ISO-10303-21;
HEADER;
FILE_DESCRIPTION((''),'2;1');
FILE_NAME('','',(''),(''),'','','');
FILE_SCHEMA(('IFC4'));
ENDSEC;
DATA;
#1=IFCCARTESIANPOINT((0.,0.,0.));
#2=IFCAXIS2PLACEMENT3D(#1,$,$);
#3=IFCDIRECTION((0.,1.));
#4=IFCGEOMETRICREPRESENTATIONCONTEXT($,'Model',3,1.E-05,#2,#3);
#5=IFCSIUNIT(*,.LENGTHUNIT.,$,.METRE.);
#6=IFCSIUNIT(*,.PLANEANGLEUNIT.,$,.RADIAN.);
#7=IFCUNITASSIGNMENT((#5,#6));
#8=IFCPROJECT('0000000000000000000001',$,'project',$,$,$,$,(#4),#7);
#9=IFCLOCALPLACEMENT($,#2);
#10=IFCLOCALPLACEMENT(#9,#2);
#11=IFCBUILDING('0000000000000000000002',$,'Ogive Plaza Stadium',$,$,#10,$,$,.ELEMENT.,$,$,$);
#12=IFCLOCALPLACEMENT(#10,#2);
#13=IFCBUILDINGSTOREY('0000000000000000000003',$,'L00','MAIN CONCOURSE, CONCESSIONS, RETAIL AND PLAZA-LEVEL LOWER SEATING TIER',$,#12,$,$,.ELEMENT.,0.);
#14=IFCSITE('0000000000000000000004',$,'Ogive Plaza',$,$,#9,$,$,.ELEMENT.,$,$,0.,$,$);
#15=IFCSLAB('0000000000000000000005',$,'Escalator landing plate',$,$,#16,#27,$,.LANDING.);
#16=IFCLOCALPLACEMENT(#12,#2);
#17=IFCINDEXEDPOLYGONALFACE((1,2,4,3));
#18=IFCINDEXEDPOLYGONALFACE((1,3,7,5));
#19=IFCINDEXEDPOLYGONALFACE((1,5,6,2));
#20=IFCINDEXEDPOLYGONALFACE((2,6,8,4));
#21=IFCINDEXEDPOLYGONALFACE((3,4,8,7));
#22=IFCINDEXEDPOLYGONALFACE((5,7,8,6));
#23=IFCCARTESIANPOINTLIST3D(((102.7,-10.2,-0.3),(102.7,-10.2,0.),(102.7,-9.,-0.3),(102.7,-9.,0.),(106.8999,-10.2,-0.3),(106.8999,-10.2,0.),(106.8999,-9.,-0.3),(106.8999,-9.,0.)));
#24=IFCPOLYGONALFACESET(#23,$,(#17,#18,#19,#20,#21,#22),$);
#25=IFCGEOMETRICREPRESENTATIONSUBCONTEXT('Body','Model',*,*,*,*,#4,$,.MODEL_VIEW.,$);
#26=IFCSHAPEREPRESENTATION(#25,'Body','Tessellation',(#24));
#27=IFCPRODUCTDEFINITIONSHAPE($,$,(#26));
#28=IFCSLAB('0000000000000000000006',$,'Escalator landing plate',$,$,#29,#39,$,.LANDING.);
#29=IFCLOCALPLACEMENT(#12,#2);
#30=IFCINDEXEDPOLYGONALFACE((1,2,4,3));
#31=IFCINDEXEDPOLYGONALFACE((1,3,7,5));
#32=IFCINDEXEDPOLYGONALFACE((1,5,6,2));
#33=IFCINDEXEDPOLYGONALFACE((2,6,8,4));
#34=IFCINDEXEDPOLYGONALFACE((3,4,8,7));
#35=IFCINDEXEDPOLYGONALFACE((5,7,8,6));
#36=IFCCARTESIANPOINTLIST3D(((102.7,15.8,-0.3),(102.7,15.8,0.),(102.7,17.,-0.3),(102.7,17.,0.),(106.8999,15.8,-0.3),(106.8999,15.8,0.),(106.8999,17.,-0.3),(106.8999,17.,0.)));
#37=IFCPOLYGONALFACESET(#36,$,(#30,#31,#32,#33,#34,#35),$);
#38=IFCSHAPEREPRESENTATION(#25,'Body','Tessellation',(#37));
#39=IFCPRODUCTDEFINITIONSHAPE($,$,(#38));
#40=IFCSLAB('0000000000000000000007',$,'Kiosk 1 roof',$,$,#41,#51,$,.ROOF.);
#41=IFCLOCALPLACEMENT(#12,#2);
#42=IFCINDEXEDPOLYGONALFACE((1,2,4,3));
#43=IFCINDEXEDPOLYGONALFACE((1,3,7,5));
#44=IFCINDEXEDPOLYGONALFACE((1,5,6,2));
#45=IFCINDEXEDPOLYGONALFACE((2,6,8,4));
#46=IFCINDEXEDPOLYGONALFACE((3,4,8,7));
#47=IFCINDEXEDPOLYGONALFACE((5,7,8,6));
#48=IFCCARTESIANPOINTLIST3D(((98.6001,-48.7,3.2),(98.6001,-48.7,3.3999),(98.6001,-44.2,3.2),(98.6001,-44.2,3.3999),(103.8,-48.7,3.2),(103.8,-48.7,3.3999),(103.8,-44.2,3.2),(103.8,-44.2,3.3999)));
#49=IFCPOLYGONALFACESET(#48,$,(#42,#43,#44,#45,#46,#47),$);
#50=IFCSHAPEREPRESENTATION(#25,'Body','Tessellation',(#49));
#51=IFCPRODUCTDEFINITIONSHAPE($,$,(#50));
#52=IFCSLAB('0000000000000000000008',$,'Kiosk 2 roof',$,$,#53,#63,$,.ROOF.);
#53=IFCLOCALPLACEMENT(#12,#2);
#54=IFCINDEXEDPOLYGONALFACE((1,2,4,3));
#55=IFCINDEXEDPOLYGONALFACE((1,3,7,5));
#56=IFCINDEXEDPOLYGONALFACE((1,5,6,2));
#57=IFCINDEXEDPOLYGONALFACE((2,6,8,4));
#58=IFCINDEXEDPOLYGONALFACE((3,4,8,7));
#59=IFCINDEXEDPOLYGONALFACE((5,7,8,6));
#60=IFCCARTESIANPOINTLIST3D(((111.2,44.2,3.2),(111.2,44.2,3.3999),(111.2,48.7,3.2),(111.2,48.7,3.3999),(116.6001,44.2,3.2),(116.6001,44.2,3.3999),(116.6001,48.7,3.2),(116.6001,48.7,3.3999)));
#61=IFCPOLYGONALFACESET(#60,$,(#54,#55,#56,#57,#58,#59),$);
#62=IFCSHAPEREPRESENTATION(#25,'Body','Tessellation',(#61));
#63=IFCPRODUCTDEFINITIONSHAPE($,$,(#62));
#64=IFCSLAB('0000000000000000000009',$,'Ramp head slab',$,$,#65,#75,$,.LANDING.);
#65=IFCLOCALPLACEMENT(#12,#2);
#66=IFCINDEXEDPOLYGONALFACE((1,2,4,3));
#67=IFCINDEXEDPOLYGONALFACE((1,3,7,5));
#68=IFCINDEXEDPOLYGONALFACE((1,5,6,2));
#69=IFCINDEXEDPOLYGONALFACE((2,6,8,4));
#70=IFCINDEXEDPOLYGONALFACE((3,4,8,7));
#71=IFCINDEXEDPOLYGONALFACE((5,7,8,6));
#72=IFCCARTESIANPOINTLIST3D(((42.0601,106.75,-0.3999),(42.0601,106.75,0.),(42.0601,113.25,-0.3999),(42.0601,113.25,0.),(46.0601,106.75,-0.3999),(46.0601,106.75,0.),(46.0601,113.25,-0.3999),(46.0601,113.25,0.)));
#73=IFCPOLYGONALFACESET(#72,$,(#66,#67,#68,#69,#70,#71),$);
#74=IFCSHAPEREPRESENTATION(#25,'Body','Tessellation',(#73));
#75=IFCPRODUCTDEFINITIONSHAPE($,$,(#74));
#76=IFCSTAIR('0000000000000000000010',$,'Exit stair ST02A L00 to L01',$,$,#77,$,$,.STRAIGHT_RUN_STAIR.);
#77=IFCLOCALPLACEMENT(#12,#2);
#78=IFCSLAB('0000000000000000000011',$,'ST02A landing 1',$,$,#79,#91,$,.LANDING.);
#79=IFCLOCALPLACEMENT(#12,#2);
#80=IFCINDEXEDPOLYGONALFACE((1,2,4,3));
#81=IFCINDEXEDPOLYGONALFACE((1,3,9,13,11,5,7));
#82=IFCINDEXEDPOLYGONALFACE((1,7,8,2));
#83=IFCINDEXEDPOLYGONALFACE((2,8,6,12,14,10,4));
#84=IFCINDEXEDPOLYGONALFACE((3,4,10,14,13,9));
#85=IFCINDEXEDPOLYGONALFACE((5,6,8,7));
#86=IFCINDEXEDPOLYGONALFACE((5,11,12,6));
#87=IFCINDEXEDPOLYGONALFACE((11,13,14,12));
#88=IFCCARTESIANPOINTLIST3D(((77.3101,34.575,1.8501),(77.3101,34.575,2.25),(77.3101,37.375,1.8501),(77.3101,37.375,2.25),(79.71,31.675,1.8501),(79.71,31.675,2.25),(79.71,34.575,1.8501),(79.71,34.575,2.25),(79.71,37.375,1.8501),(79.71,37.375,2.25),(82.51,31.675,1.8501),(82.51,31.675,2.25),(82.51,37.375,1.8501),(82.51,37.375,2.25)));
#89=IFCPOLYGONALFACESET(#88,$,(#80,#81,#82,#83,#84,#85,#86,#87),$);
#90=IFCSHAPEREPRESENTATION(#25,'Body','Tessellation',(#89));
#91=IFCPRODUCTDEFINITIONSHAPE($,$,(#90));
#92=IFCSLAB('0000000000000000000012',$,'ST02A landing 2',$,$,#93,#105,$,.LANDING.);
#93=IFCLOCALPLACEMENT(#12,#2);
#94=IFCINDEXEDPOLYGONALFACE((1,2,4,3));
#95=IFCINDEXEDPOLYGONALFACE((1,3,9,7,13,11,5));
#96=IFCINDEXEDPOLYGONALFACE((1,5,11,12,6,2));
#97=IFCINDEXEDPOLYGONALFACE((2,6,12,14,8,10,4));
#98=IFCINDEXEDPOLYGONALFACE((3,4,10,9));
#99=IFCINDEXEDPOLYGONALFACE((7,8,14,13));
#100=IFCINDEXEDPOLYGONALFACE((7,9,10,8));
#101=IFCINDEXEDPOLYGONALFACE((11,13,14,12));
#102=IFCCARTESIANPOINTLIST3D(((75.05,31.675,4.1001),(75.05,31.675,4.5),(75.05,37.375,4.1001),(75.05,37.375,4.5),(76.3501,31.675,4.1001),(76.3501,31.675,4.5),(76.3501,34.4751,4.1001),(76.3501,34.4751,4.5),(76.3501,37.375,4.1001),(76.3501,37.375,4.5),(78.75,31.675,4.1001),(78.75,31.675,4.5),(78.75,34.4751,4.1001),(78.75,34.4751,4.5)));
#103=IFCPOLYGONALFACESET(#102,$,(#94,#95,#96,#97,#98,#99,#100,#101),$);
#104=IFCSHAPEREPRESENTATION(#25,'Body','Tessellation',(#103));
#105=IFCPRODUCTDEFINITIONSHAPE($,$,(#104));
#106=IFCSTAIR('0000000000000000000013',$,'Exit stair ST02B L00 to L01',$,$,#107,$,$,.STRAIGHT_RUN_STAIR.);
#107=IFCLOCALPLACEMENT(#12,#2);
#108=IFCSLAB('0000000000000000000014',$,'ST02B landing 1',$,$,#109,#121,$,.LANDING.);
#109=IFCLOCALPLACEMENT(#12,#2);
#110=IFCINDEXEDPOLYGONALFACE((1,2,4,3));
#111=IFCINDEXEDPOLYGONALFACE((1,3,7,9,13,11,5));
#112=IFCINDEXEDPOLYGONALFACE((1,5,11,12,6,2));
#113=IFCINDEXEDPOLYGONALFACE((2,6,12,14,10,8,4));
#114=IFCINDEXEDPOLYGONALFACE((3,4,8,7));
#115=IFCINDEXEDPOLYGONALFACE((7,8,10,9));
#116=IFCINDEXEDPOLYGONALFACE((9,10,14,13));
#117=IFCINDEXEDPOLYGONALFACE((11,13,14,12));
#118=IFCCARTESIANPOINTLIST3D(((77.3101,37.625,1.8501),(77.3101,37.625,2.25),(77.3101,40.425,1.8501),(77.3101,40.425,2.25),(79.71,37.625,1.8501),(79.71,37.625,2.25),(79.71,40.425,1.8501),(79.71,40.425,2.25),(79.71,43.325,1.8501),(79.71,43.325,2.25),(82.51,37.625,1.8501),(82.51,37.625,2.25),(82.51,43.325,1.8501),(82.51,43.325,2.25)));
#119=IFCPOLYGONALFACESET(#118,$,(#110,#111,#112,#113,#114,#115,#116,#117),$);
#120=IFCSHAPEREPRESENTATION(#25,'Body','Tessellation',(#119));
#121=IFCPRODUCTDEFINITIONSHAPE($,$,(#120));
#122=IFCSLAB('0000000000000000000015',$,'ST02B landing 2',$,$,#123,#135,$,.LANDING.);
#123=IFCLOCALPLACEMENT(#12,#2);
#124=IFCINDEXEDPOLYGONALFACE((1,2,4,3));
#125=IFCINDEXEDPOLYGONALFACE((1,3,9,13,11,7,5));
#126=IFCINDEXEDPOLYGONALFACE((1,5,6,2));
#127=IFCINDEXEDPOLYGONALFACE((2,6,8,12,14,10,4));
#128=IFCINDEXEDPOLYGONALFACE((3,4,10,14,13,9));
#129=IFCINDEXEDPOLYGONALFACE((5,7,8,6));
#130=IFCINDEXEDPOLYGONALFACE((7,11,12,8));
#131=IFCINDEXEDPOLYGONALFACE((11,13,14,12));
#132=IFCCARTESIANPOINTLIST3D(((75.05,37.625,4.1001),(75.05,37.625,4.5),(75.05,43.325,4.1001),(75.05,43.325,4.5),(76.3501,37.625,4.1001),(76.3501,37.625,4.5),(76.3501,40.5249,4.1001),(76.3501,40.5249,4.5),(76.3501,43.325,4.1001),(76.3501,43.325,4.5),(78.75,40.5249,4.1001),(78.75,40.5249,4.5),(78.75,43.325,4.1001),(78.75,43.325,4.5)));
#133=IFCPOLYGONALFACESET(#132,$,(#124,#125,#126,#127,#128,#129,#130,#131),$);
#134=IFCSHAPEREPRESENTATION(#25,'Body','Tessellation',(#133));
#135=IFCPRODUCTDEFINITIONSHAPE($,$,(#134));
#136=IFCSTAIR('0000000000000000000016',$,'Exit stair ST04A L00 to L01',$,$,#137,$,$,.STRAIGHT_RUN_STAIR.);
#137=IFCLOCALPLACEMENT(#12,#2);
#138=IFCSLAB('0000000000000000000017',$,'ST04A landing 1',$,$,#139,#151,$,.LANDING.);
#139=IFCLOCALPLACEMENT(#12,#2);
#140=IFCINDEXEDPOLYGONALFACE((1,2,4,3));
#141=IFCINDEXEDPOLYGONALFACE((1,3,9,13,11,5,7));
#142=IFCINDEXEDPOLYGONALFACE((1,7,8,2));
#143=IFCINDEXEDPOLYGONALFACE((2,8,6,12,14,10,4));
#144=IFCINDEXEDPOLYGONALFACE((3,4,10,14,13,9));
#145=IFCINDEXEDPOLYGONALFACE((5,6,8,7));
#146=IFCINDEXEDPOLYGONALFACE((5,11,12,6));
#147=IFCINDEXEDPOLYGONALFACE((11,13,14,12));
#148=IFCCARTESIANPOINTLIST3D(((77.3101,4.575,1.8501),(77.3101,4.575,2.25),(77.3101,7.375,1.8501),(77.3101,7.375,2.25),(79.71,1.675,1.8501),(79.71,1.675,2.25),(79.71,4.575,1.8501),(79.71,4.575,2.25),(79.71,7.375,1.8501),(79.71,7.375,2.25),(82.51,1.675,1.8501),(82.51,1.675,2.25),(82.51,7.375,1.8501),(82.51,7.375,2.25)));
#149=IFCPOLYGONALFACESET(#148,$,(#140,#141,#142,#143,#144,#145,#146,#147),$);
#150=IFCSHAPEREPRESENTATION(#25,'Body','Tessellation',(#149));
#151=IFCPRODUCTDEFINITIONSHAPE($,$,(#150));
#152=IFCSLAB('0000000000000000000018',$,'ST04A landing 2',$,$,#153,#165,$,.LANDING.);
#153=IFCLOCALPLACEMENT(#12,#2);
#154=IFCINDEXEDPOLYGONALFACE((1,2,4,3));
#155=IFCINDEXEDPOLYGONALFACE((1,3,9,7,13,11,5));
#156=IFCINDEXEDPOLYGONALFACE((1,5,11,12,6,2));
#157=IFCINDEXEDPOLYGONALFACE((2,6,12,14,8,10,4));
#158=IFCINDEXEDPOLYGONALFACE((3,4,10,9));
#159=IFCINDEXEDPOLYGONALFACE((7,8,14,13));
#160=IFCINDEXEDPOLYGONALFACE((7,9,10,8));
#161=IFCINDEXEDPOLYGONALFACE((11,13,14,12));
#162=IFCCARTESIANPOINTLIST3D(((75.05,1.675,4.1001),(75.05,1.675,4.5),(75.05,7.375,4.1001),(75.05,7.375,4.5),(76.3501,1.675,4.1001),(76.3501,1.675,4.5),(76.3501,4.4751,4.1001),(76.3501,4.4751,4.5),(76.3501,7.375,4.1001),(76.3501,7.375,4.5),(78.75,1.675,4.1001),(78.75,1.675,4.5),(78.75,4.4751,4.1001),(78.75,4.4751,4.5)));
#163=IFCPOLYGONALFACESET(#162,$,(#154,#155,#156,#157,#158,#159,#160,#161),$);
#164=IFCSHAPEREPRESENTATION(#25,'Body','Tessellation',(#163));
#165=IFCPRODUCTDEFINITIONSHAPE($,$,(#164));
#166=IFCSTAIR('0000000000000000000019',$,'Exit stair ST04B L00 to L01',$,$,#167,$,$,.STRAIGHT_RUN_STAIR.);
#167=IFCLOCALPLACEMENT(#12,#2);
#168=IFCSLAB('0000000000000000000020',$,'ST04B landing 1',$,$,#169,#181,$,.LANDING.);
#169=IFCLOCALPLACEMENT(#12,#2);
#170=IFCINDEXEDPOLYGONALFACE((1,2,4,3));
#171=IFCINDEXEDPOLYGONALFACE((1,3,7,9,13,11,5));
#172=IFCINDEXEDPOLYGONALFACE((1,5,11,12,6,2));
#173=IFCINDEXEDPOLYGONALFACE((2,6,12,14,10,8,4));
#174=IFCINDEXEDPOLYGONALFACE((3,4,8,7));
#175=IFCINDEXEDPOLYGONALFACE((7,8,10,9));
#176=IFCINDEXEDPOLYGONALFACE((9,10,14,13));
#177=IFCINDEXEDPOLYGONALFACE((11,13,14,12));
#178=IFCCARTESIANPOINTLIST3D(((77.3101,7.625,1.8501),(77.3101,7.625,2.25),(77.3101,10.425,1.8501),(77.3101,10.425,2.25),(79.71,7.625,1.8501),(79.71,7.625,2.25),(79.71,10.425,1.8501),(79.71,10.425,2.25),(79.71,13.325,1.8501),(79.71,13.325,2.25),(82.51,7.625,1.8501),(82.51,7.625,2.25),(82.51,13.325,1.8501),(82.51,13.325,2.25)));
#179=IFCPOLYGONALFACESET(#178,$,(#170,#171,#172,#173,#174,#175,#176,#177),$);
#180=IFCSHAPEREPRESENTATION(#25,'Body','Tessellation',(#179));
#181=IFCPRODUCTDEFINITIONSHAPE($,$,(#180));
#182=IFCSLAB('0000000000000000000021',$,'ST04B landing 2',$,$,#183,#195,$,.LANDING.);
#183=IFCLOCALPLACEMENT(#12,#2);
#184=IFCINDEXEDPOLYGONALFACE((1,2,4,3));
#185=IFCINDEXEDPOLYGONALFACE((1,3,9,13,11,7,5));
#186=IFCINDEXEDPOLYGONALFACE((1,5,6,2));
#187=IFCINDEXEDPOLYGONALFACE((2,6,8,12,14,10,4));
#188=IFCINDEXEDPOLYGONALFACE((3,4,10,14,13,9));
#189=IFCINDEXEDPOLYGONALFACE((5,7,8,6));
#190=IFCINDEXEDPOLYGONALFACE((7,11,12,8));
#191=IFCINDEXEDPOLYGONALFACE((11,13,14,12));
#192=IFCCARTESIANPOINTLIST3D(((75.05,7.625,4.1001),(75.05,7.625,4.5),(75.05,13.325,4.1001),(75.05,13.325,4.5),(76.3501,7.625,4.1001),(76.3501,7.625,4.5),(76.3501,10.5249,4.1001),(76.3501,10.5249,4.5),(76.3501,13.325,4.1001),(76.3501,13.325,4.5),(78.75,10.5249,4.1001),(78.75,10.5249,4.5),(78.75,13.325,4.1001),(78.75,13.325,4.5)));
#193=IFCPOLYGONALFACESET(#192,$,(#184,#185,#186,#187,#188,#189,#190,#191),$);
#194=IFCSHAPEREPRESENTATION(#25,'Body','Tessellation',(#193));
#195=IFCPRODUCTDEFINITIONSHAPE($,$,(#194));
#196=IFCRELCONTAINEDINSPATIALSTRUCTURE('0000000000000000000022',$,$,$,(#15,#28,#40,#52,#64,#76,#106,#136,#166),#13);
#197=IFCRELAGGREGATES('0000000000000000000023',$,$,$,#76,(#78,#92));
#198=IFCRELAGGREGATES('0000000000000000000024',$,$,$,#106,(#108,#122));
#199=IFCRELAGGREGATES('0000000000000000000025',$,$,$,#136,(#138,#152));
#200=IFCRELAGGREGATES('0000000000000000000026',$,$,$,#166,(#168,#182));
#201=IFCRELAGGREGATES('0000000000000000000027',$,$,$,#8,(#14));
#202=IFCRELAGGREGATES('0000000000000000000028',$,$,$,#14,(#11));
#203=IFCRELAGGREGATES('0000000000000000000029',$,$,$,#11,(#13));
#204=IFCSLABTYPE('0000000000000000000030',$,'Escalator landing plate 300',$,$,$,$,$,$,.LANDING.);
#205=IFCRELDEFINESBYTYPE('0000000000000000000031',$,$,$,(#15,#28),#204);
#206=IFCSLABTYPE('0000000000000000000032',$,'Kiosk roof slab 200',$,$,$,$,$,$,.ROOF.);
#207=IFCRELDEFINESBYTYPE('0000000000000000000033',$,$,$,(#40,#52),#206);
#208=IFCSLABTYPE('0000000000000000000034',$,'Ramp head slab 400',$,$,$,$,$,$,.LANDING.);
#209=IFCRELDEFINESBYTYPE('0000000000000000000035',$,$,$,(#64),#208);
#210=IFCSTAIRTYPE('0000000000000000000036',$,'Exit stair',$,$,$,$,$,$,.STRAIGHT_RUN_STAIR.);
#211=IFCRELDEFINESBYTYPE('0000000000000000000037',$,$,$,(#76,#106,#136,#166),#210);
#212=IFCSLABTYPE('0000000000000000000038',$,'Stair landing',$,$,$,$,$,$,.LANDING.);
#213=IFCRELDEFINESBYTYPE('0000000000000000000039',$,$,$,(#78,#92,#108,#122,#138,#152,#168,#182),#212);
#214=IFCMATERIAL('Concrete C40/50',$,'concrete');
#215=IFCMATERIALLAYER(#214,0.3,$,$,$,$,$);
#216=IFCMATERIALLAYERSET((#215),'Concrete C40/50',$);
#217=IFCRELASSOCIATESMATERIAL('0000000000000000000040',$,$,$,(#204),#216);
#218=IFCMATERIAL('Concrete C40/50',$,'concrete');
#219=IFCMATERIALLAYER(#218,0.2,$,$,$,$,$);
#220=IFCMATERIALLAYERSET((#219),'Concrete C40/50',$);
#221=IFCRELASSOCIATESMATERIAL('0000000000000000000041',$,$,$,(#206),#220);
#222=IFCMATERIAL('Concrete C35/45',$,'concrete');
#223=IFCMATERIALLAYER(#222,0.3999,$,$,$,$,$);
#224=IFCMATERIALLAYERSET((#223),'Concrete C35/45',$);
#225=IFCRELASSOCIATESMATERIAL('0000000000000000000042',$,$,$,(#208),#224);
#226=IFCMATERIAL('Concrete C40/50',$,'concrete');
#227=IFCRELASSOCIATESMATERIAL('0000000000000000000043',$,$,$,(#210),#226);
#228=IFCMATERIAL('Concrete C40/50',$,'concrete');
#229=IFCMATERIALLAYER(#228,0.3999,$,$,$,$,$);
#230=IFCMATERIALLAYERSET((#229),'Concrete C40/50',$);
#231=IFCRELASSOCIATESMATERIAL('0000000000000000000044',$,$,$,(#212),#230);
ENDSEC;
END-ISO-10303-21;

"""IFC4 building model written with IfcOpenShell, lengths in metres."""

from ifc_helpers import new_model, si_unit, direction, frame, origin, place, context, subcontext, project, spatial, polyline, outline, extrude, material, layer, layer_set, type_object, element, aggregate, save


model = new_model("IFC4")

# Units and contexts
model_context = context("Model", 3, precision=1e-05, world=origin(), true_north=direction((0.0, 1.0)))
body_context = subcontext(model_context, "Body", "Model", "MODEL_VIEW")
ifc_project = project(units=[si_unit("LENGTHUNIT", "METRE"), si_unit("PLANEANGLEUNIT", "RADIAN")], contexts=[model_context])

# Site, building, storey
site_placement = place(None, origin())
site = spatial("IfcSite", under=ifc_project, at=site_placement, Name="Ogive Plaza", CompositionType="ELEMENT", RefElevation=0.0)
building_placement = place(site_placement, origin())
building = spatial("IfcBuilding", under=site, at=building_placement, Name="Ogive Plaza Stadium", CompositionType="ELEMENT")
storey_placement = place(building_placement, origin())
storey = spatial("IfcBuildingStorey", under=building, at=storey_placement, Name="L00", Description="MAIN CONCOURSE, CONCESSIONS, RETAIL AND PLAZA-LEVEL LOWER SEATING TIER", CompositionType="ELEMENT", Elevation=0.0)

# Slabs
ifc_material_1 = material(Name="Concrete C40/50", Category="concrete")
ifc_layer_1 = layer(ifc_material_1, 0.3)
ifc_layer_set_1 = layer_set([ifc_layer_1], Name="Concrete C40/50")
slab_type_1 = type_object("IfcSlabType", Name="Escalator landing plate 300", PredefinedType="LANDING", material=ifc_layer_set_1)
slab_1_placement = place(storey_placement, frame((0.0, 0.0, -0.3)))
element("IfcSlab", 1, at=slab_1_placement, inside=storey, type_object=slab_type_1, Name="Escalator landing plate", PredefinedType="LANDING", context=body_context, shape_type="SweptSolid", body=[
    extrude(outline(polyline([(102.7, -10.2), (106.8999, -10.2), (106.8999, -9.0), (102.7, -9.0), (102.7, -10.2)])), origin(), (0.0, 0.0, 1.0), 0.3),
])
slab_2_placement = place(storey_placement, frame((0.0, 0.0, -0.3)))
element("IfcSlab", 2, at=slab_2_placement, inside=storey, type_object=slab_type_1, Name="Escalator landing plate", PredefinedType="LANDING", context=body_context, shape_type="SweptSolid", body=[
    extrude(outline(polyline([(102.7, 15.8), (106.8999, 15.8), (106.8999, 17.0), (102.7, 17.0), (102.7, 15.8)])), origin(), (0.0, 0.0, 1.0), 0.3),
])
ifc_material_2 = material(Name="Concrete C40/50", Category="concrete")
ifc_layer_2 = layer(ifc_material_2, 0.2)
ifc_layer_set_2 = layer_set([ifc_layer_2], Name="Concrete C40/50")
slab_type_2 = type_object("IfcSlabType", Name="Kiosk roof slab 200", PredefinedType="ROOF", material=ifc_layer_set_2)
slab_3_placement = place(storey_placement, frame((0.0, 0.0, 3.2)))
element("IfcSlab", 3, at=slab_3_placement, inside=storey, type_object=slab_type_2, Name="Kiosk 1 roof", PredefinedType="ROOF", context=body_context, shape_type="SweptSolid", body=[
    extrude(outline(polyline([(98.6001, -48.7), (103.8, -48.7), (103.8, -44.2), (98.6001, -44.2), (98.6001, -48.7)])), origin(), (0.0, 0.0, 1.0), 0.2),
])
slab_4_placement = place(storey_placement, frame((0.0, 0.0, 3.2)))
element("IfcSlab", 4, at=slab_4_placement, inside=storey, type_object=slab_type_2, Name="Kiosk 2 roof", PredefinedType="ROOF", context=body_context, shape_type="SweptSolid", body=[
    extrude(outline(polyline([(111.2, 44.2), (116.6001, 44.2), (116.6001, 48.7), (111.2, 48.7), (111.2, 44.2)])), origin(), (0.0, 0.0, 1.0), 0.2),
])
ifc_material_3 = material(Name="Concrete C35/45", Category="concrete")
ifc_layer_3 = layer(ifc_material_3, 0.3999)
ifc_layer_set_3 = layer_set([ifc_layer_3], Name="Concrete C35/45")
slab_type_3 = type_object("IfcSlabType", Name="Ramp head slab 400", PredefinedType="LANDING", material=ifc_layer_set_3)
slab_5_placement = place(storey_placement, frame((0.0, 0.0, -0.3999)))
element("IfcSlab", 5, at=slab_5_placement, inside=storey, type_object=slab_type_3, Name="Ramp head slab", PredefinedType="LANDING", context=body_context, shape_type="SweptSolid", body=[
    extrude(outline(polyline([(42.0601, 106.75), (46.0601, 106.75), (46.0601, 113.25), (42.0601, 113.25), (42.0601, 106.75)])), origin(), (0.0, 0.0, 1.0), 0.3999),
])

# Stairs, slabs
ifc_material_4 = material(Name="Concrete C40/50", Category="concrete")
stair_type = type_object("IfcStairType", Name="Exit stair", PredefinedType="STRAIGHT_RUN_STAIR", material=ifc_material_4)
stair_1_placement = place(storey_placement, origin())
stair_1 = element("IfcStair", 6, at=stair_1_placement, inside=storey, type_object=stair_type, Name="Exit stair ST02A L00 to L01", PredefinedType="STRAIGHT_RUN_STAIR")
ifc_material_5 = material(Name="Concrete C40/50", Category="concrete")
ifc_layer_4 = layer(ifc_material_5, 0.3999)
ifc_layer_set_4 = layer_set([ifc_layer_4], Name="Concrete C40/50")
slab_type_4 = type_object("IfcSlabType", Name="Stair landing", PredefinedType="LANDING", material=ifc_layer_set_4)
slab_6_placement = place(storey_placement, frame((0.0, 0.0, 1.8501)))
slab_6 = element("IfcSlab", 7, at=slab_6_placement, type_object=slab_type_4, Name="ST02A landing 1", PredefinedType="LANDING", context=body_context, shape_type="SweptSolid", body=[
    extrude(outline(polyline([(82.51, 37.375), (82.51, 31.675), (79.71, 31.675), (79.71, 34.575), (77.3101, 34.575), (77.3101, 37.375), (79.71, 37.375), (82.51, 37.375)])), origin(), (0.0, 0.0, 1.0), 0.3999),
])
slab_7_placement = place(storey_placement, frame((0.0, 0.0, 4.1001)))
slab_7 = element("IfcSlab", 8, at=slab_7_placement, type_object=slab_type_4, Name="ST02A landing 2", PredefinedType="LANDING", context=body_context, shape_type="SweptSolid", body=[
    extrude(outline(polyline([(78.75, 34.4751), (78.75, 31.675), (76.3501, 31.675), (75.05, 31.675), (75.05, 37.375), (76.3501, 37.375), (76.3501, 34.4751), (78.75, 34.4751)])), origin(), (0.0, 0.0, 1.0), 0.3999),
])
aggregate(stair_1, [slab_6, slab_7])
stair_2_placement = place(storey_placement, origin())
stair_2 = element("IfcStair", 9, at=stair_2_placement, inside=storey, type_object=stair_type, Name="Exit stair ST02B L00 to L01", PredefinedType="STRAIGHT_RUN_STAIR")
slab_8_placement = place(storey_placement, frame((0.0, 0.0, 1.8501)))
slab_8 = element("IfcSlab", 10, at=slab_8_placement, type_object=slab_type_4, Name="ST02B landing 1", PredefinedType="LANDING", context=body_context, shape_type="SweptSolid", body=[
    extrude(outline(polyline([(77.3101, 37.625), (77.3101, 40.425), (79.71, 40.425), (79.71, 43.325), (82.51, 43.325), (82.51, 37.625), (79.71, 37.625), (77.3101, 37.625)])), origin(), (0.0, 0.0, 1.0), 0.3999),
])
slab_9_placement = place(storey_placement, frame((0.0, 0.0, 4.1001)))
slab_9 = element("IfcSlab", 11, at=slab_9_placement, type_object=slab_type_4, Name="ST02B landing 2", PredefinedType="LANDING", context=body_context, shape_type="SweptSolid", body=[
    extrude(outline(polyline([(76.3501, 37.625), (75.05, 37.625), (75.05, 43.325), (76.3501, 43.325), (78.75, 43.325), (78.75, 40.5249), (76.3501, 40.5249), (76.3501, 37.625)])), origin(), (0.0, 0.0, 1.0), 0.3999),
])
aggregate(stair_2, [slab_8, slab_9])
stair_3_placement = place(storey_placement, origin())
stair_3 = element("IfcStair", 12, at=stair_3_placement, inside=storey, type_object=stair_type, Name="Exit stair ST04A L00 to L01", PredefinedType="STRAIGHT_RUN_STAIR")
slab_10_placement = place(storey_placement, frame((0.0, 0.0, 1.8501)))
slab_10 = element("IfcSlab", 13, at=slab_10_placement, type_object=slab_type_4, Name="ST04A landing 1", PredefinedType="LANDING", context=body_context, shape_type="SweptSolid", body=[
    extrude(outline(polyline([(82.51, 7.375), (82.51, 1.675), (79.71, 1.675), (79.71, 4.575), (77.3101, 4.575), (77.3101, 7.375), (79.71, 7.375), (82.51, 7.375)])), origin(), (0.0, 0.0, 1.0), 0.3999),
])
slab_11_placement = place(storey_placement, frame((0.0, 0.0, 4.1001)))
slab_11 = element("IfcSlab", 14, at=slab_11_placement, type_object=slab_type_4, Name="ST04A landing 2", PredefinedType="LANDING", context=body_context, shape_type="SweptSolid", body=[
    extrude(outline(polyline([(78.75, 4.4751), (78.75, 1.675), (76.3501, 1.675), (75.05, 1.675), (75.05, 7.375), (76.3501, 7.375), (76.3501, 4.4751), (78.75, 4.4751)])), origin(), (0.0, 0.0, 1.0), 0.3999),
])
aggregate(stair_3, [slab_10, slab_11])
stair_4_placement = place(storey_placement, origin())
stair_4 = element("IfcStair", 15, at=stair_4_placement, inside=storey, type_object=stair_type, Name="Exit stair ST04B L00 to L01", PredefinedType="STRAIGHT_RUN_STAIR")
slab_12_placement = place(storey_placement, frame((0.0, 0.0, 1.8501)))
slab_12 = element("IfcSlab", 16, at=slab_12_placement, type_object=slab_type_4, Name="ST04B landing 1", PredefinedType="LANDING", context=body_context, shape_type="SweptSolid", body=[
    extrude(outline(polyline([(77.3101, 7.625), (77.3101, 10.425), (79.71, 10.425), (79.71, 13.325), (82.51, 13.325), (82.51, 7.625), (79.71, 7.625), (77.3101, 7.625)])), origin(), (0.0, 0.0, 1.0), 0.3999),
])
slab_13_placement = place(storey_placement, frame((0.0, 0.0, 4.1001)))
slab_13 = element("IfcSlab", 17, at=slab_13_placement, type_object=slab_type_4, Name="ST04B landing 2", PredefinedType="LANDING", context=body_context, shape_type="SweptSolid", body=[
    extrude(outline(polyline([(76.3501, 7.625), (75.05, 7.625), (75.05, 13.325), (76.3501, 13.325), (78.75, 13.325), (78.75, 10.5249), (76.3501, 10.5249), (76.3501, 7.625)])), origin(), (0.0, 0.0, 1.0), 0.3999),
])
aggregate(stair_4, [slab_12, slab_13])

save(model, "model.ifc")
